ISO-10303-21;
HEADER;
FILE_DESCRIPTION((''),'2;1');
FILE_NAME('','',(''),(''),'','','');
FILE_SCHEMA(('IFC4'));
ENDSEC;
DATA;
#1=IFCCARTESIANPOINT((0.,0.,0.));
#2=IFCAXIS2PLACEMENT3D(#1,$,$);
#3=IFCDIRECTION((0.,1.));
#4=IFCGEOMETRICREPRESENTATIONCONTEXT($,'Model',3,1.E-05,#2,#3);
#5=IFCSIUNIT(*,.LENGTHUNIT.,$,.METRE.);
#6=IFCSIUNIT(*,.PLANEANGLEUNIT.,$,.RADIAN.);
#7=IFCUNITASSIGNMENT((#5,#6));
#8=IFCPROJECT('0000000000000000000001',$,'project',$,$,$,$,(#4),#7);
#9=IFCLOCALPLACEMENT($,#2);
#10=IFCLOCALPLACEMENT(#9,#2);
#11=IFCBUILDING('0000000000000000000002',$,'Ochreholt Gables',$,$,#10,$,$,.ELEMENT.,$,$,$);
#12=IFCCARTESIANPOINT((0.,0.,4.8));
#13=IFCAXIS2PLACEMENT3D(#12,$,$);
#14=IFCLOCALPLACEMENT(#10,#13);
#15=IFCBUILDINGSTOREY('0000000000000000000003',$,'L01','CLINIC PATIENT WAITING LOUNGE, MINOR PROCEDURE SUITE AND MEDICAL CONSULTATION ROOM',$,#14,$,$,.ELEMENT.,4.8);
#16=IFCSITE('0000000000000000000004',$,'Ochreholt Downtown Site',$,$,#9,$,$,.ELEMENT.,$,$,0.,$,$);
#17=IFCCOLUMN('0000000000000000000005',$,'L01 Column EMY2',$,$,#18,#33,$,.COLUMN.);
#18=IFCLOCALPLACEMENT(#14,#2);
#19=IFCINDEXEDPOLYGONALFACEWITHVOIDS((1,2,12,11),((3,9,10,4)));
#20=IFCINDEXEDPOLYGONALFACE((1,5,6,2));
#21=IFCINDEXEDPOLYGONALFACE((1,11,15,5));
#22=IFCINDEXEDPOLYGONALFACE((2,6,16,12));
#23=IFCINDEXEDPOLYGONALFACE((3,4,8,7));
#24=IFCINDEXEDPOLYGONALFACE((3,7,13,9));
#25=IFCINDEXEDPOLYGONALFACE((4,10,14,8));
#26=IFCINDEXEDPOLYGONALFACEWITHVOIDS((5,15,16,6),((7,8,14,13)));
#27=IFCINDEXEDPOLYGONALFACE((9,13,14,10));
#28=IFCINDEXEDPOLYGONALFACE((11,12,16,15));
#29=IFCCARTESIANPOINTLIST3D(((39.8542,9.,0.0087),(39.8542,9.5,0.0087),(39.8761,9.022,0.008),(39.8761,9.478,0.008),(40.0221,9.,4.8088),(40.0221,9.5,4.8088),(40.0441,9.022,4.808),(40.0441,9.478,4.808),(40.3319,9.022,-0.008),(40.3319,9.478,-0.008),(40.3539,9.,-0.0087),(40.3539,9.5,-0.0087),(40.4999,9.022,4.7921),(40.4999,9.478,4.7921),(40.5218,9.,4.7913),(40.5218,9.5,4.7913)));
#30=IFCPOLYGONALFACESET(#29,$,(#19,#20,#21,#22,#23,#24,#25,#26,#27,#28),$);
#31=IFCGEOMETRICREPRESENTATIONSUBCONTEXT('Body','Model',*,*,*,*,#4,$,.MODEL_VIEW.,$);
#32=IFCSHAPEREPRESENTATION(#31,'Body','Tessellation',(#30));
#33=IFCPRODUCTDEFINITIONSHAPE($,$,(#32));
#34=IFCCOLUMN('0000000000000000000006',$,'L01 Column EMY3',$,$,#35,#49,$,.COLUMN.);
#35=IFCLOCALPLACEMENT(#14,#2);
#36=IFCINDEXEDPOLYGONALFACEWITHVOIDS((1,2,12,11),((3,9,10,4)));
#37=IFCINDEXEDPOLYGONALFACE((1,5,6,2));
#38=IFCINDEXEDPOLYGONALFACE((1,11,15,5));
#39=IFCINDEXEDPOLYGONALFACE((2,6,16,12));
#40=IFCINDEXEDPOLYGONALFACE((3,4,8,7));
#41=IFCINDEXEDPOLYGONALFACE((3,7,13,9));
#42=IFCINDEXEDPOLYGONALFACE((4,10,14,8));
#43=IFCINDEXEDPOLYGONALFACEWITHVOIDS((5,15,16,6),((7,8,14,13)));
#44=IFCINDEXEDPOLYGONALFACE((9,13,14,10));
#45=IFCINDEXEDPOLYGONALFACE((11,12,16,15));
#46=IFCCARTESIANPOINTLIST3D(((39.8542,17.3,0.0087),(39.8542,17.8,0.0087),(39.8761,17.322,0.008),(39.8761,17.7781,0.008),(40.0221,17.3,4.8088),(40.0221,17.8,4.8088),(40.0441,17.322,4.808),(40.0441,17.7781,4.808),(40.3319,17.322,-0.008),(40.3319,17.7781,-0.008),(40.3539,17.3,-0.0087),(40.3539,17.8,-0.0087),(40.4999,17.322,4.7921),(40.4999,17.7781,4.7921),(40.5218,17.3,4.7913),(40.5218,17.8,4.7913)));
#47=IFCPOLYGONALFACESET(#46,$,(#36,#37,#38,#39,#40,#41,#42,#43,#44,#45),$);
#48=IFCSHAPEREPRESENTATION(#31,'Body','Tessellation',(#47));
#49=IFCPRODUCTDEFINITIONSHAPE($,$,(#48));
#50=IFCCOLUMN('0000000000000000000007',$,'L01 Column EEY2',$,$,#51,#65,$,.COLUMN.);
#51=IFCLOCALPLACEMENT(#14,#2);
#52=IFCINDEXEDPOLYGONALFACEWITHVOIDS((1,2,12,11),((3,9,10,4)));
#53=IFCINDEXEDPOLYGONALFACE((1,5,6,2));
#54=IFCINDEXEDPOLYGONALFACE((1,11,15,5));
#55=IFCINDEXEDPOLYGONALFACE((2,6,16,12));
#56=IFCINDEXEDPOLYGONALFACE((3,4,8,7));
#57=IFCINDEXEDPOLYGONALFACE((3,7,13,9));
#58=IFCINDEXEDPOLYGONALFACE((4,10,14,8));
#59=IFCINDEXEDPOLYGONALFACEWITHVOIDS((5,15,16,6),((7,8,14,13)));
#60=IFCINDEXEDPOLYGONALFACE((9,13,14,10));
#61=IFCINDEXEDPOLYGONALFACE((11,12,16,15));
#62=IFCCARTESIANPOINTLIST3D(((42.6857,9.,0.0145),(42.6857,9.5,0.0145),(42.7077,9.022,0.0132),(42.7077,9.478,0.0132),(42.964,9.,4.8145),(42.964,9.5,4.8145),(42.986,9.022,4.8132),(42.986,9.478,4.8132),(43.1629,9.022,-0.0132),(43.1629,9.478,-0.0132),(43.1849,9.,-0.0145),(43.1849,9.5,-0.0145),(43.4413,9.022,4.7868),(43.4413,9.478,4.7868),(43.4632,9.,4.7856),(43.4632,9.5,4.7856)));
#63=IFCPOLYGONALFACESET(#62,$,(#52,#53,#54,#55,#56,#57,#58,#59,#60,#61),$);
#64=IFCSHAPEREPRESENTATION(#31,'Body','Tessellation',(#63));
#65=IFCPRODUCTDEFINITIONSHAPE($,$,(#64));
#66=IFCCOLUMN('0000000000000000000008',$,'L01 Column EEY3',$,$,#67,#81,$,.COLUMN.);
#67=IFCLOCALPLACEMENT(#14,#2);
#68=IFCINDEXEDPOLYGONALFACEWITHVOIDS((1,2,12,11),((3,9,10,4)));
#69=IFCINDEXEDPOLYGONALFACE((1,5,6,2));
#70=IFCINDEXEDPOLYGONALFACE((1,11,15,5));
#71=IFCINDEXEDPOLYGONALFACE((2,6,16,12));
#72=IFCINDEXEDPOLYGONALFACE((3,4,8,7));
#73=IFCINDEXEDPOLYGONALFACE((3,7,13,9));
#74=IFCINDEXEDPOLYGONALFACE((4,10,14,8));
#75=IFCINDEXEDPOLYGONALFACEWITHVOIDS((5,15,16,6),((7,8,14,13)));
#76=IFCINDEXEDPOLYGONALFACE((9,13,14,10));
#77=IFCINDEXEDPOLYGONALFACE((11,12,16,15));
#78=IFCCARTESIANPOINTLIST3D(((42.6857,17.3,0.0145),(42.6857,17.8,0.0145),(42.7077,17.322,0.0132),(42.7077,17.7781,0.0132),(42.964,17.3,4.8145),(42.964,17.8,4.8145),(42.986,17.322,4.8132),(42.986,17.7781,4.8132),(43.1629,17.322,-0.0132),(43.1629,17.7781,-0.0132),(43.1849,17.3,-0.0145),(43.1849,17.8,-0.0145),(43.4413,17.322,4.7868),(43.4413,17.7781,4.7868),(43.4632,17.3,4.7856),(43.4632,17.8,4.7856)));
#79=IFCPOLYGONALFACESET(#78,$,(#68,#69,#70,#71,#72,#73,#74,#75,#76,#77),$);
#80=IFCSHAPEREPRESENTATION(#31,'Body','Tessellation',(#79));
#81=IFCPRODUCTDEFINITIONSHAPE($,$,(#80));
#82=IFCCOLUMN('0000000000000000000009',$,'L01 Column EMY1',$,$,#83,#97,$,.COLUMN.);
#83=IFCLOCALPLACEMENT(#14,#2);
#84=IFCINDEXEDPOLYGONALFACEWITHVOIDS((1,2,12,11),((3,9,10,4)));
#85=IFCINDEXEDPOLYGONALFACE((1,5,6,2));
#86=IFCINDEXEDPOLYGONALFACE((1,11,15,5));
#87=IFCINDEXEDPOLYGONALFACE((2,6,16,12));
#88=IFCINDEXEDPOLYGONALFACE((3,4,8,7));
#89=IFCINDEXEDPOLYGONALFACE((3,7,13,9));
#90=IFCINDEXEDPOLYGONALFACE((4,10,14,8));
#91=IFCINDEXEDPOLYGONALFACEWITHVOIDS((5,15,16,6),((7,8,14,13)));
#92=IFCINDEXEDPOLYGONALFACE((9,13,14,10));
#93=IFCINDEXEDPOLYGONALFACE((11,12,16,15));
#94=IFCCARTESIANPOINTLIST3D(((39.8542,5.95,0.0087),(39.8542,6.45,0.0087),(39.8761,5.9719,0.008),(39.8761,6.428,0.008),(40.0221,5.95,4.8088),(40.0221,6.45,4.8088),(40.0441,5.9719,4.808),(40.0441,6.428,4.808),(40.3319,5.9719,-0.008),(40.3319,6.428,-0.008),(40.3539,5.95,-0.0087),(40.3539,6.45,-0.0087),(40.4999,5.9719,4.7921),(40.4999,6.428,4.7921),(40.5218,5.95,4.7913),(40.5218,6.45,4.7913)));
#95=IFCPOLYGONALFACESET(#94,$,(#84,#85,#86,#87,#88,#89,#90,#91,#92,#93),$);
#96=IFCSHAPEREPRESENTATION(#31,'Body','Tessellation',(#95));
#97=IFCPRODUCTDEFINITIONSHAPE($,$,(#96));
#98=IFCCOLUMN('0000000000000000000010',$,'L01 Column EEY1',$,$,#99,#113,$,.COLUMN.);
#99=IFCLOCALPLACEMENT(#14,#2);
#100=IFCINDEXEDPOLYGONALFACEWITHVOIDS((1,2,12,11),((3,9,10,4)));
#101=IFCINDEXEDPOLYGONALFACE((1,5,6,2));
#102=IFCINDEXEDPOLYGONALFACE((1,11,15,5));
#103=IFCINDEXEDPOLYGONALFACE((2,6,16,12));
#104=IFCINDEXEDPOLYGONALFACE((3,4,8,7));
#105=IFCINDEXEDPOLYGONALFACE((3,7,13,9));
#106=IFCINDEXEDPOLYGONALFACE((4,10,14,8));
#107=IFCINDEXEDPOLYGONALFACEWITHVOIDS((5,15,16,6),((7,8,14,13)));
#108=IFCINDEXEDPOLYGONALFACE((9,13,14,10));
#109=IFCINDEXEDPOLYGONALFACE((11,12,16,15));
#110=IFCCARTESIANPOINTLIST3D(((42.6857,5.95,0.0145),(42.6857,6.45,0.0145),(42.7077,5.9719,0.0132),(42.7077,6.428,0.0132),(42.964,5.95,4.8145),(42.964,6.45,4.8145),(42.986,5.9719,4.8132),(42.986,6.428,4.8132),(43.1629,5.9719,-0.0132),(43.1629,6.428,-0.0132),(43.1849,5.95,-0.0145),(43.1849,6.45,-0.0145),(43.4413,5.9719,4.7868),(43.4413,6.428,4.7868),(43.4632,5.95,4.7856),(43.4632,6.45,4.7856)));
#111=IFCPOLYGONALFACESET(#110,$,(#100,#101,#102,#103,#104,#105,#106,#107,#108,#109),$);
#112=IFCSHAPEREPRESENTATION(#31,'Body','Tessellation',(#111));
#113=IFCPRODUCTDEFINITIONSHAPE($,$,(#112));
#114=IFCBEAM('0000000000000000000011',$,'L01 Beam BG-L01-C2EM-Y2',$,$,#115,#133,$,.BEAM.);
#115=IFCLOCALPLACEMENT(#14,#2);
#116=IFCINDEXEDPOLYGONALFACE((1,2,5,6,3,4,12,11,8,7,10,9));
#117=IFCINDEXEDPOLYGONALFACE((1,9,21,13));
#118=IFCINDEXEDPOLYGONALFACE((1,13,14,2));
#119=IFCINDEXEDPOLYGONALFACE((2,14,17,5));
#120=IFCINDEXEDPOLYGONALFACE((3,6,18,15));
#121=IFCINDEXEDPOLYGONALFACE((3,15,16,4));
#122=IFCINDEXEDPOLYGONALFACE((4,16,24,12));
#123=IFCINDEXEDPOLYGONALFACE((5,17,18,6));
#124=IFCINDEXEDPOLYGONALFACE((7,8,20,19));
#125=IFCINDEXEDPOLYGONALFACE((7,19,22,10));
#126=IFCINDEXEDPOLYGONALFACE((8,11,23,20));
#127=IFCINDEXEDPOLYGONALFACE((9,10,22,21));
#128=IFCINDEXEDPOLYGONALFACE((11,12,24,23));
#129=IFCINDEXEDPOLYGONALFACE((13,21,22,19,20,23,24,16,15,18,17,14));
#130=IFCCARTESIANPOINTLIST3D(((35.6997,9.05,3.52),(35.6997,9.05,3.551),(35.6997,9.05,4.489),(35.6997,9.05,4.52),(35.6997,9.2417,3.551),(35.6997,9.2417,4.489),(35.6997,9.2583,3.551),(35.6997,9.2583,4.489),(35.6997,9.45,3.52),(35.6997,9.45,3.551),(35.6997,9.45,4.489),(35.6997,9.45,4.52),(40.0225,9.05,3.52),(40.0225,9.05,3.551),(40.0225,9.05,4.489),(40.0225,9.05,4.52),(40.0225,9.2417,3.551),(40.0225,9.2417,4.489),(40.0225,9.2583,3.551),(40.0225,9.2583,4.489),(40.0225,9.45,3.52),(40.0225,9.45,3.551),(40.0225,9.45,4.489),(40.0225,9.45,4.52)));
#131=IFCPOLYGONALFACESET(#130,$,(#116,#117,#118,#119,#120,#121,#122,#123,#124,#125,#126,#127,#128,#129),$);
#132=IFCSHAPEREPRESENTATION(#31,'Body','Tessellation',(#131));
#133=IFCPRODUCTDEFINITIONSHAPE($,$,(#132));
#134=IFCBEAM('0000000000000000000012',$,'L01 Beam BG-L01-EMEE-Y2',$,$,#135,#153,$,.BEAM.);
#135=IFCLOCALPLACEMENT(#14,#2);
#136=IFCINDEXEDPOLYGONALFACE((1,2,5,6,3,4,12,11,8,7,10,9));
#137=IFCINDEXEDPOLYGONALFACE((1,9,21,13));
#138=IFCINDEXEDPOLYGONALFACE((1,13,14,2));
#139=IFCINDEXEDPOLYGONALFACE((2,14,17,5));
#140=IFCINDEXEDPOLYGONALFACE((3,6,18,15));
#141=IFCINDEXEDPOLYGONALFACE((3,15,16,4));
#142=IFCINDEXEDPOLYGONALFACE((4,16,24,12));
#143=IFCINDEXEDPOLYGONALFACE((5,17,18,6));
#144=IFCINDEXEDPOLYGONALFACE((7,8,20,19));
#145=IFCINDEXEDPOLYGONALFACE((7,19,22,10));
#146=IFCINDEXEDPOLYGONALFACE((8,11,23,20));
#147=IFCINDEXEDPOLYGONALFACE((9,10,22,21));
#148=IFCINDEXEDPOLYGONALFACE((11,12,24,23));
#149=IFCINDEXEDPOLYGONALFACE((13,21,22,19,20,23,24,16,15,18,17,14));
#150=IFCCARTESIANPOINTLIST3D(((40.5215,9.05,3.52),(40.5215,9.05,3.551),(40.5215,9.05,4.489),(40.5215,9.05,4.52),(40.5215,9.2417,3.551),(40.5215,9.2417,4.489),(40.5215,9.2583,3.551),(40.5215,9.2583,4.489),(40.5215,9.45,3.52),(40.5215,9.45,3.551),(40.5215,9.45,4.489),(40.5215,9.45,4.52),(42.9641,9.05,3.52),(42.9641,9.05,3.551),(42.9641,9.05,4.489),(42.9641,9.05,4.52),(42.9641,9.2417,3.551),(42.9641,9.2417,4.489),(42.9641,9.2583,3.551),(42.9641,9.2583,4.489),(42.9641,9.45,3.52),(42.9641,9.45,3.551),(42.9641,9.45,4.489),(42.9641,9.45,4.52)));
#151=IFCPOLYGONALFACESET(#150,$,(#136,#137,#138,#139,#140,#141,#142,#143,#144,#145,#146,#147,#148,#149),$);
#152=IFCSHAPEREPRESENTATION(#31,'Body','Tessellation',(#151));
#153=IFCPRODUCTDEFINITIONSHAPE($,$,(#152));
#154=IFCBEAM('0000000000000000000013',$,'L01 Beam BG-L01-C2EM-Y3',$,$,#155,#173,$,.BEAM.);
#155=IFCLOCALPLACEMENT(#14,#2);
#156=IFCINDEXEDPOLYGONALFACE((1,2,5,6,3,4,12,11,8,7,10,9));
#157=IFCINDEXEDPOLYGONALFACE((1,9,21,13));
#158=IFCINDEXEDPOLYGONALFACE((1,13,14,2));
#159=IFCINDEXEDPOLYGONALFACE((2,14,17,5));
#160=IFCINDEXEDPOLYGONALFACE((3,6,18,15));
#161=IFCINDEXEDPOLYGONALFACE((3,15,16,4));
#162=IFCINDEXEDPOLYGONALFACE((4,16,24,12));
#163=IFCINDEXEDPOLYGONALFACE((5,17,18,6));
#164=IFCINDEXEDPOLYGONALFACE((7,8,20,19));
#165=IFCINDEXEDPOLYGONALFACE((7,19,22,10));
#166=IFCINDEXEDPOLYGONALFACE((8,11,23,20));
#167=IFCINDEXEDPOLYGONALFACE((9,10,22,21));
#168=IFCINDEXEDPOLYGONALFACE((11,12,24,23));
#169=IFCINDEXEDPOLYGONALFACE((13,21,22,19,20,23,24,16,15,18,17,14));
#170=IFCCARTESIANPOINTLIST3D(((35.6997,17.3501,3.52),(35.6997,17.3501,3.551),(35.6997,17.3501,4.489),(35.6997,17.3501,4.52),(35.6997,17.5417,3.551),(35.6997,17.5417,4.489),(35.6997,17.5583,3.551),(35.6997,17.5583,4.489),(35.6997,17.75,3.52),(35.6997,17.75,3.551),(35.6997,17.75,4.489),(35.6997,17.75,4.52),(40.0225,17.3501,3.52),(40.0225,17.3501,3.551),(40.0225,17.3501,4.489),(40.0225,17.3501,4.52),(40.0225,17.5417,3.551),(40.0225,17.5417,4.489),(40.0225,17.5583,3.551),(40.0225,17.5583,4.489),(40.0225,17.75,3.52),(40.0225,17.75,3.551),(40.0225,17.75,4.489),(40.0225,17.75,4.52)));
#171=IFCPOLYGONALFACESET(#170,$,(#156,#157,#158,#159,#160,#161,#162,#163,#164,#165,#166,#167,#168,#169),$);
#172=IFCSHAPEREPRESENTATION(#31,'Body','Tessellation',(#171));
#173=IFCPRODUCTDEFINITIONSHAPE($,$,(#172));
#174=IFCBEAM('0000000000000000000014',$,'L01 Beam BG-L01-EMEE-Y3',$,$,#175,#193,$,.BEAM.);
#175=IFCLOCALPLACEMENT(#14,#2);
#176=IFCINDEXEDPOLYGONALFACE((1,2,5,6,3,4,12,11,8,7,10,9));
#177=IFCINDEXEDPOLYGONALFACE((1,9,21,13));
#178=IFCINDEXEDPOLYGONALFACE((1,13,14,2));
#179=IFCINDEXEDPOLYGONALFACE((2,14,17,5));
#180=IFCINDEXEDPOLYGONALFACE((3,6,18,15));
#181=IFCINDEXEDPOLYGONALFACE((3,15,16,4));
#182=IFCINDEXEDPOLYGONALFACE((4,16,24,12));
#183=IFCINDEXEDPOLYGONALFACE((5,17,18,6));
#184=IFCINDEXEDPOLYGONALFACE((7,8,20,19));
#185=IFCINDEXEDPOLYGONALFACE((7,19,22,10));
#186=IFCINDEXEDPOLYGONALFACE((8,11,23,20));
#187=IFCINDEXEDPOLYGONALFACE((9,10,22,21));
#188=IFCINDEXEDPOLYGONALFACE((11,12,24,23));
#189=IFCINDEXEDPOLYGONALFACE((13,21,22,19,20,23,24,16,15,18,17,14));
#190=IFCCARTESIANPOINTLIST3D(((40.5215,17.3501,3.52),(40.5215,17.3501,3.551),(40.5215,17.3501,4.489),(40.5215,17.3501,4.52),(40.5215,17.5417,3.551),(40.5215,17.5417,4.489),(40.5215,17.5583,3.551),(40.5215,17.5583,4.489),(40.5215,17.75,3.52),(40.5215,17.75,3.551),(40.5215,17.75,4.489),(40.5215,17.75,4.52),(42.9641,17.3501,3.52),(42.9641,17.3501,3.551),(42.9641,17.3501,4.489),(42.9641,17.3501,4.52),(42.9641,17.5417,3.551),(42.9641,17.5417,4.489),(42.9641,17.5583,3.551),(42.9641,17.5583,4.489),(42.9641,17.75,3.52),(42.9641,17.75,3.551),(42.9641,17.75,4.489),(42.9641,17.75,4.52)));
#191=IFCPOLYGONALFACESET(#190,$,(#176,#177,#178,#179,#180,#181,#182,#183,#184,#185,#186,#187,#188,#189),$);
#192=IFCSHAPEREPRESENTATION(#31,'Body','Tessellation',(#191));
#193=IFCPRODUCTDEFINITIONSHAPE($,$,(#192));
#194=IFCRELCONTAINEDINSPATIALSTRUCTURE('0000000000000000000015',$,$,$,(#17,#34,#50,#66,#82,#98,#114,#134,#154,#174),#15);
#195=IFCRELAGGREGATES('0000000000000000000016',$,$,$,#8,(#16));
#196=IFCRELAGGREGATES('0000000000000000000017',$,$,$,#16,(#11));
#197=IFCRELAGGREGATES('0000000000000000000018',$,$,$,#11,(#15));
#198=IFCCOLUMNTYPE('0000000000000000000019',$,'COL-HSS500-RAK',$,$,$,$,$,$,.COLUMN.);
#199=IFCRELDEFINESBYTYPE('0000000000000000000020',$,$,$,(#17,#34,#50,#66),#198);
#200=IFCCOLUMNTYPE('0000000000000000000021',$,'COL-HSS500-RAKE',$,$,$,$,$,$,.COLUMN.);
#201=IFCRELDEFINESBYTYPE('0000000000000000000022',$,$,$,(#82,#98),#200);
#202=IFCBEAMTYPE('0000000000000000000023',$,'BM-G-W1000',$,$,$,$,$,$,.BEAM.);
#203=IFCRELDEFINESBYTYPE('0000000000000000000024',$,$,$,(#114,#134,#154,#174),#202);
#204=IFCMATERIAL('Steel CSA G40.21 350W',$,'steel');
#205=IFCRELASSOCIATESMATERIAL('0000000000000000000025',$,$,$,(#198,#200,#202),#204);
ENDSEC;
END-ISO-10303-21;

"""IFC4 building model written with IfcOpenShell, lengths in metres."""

from ifc_helpers import new_model, si_unit, direction, frame, origin, origin_2d, place, context, subcontext, project, spatial, hollow_rectangle, i_section, extrude, material, material_profile, profile_set, type_object, element, save


model = new_model("IFC4")

# Units and contexts
model_context = context("Model", 3, precision=1e-05, world=origin(), true_north=direction((0.0, 1.0)))
body_context = subcontext(model_context, "Body", "Model", "MODEL_VIEW")
ifc_project = project(units=[si_unit("LENGTHUNIT", "METRE"), si_unit("PLANEANGLEUNIT", "RADIAN")], contexts=[model_context])

# Site, building, storey
site_placement = place(None, origin())
site = spatial("IfcSite", under=ifc_project, at=site_placement, Name="Ochreholt Downtown Site", CompositionType="ELEMENT", RefElevation=0.0)
building_placement = place(site_placement, origin())
building = spatial("IfcBuilding", under=site, at=building_placement, Name="Ochreholt Gables", CompositionType="ELEMENT")
storey_placement = place(building_placement, frame((0.0, 0.0, 4.8)))
storey = spatial("IfcBuildingStorey", under=building, at=storey_placement, Name="L01", Description="CLINIC PATIENT WAITING LOUNGE, MINOR PROCEDURE SUITE AND MEDICAL CONSULTATION ROOM", CompositionType="ELEMENT", Elevation=4.8)

# Columns
ifc_material_1 = material(Name="Steel CSA G40.21 350W", Category="steel")
ifc_material_profile_1 = material_profile(ifc_material_1, hollow_rectangle(XDim=0.5, YDim=0.5, WallThickness=0.022, at=origin_2d()), Name="HSS500X500X22")
ifc_profile_set_1 = profile_set([ifc_material_profile_1], Name="Steel CSA G40.21 350W")
column_type_1 = type_object("IfcColumnType", Name="COL-HSS500-RAK", PredefinedType="COLUMN", material=ifc_profile_set_1)
for number, where, z_axis, x_axis, name in (
    (1, (40.104, 9.25, 0.0), (0.034972, 0.0, 0.999388), (0.0, 1.0, 0.0), "L01 Column EMY2"),
    (2, (40.104, 17.55, 0.0), (0.034972, 0.0, 0.999388), (0.0, 1.0, 0.0), "L01 Column EMY3"),
):
    element("IfcColumn", number, at=place(storey_placement, frame(where, z_axis=z_axis, x_axis=x_axis)), inside=storey, type_object=column_type_1, Name=name, PredefinedType="COLUMN", context=body_context, shape_type="SweptSolid", body=[
        extrude(hollow_rectangle(XDim=0.5, YDim=0.5, WallThickness=0.022, at=origin_2d()), origin(), (0.0, 0.0, 1.0), 4.803),
    ])
for number, where, z_axis, x_axis, name in (
    (3, (42.9353, 9.25, 0.0), (0.057886, 0.0, 0.998323), (0.0, 1.0, 0.0), "L01 Column EEY2"),
    (4, (42.9353, 17.55, 0.0), (0.057886, 0.0, 0.998323), (0.0, 1.0, 0.0), "L01 Column EEY3"),
):
    element("IfcColumn", number, at=place(storey_placement, frame(where, z_axis=z_axis, x_axis=x_axis)), inside=storey, type_object=column_type_1, Name=name, PredefinedType="COLUMN", context=body_context, shape_type="SweptSolid", body=[
        extrude(hollow_rectangle(XDim=0.5, YDim=0.5, WallThickness=0.022, at=origin_2d()), origin(), (0.0, 0.0, 1.0), 4.8081),
    ])
ifc_material_profile_2 = material_profile(ifc_material_1, hollow_rectangle(XDim=0.5, YDim=0.5, WallThickness=0.022, at=origin_2d()), Name="HSS500X500X22")
ifc_profile_set_2 = profile_set([ifc_material_profile_2], Name="Steel CSA G40.21 350W")
column_type_2 = type_object("IfcColumnType", Name="COL-HSS500-RAKE", PredefinedType="COLUMN", material=ifc_profile_set_2)
column_1_placement = place(storey_placement, frame((40.104, 6.2, 0.0), z_axis=(0.034972, 0.0, 0.999388), x_axis=(0.0, 1.0, 0.0)))
element("IfcColumn", 5, at=column_1_placement, inside=storey, type_object=column_type_2, Name="L01 Column EMY1", PredefinedType="COLUMN", context=body_context, shape_type="SweptSolid", body=[
    extrude(hollow_rectangle(XDim=0.5, YDim=0.5, WallThickness=0.022, at=origin_2d()), origin(), (0.0, 0.0, 1.0), 4.803),
])
column_2_placement = place(storey_placement, frame((42.9353, 6.2, 0.0), z_axis=(0.057886, 0.0, 0.998323), x_axis=(0.0, 1.0, 0.0)))
element("IfcColumn", 6, at=column_2_placement, inside=storey, type_object=column_type_2, Name="L01 Column EEY1", PredefinedType="COLUMN", context=body_context, shape_type="SweptSolid", body=[
    extrude(hollow_rectangle(XDim=0.5, YDim=0.5, WallThickness=0.022, at=origin_2d()), origin(), (0.0, 0.0, 1.0), 4.8081),
])

# Beams
ifc_material_profile_3 = material_profile(ifc_material_1, i_section(OverallWidth=0.3999, OverallDepth=1.0, WebThickness=0.0166, FlangeThickness=0.031, at=origin_2d()), Name="W1000X321")
ifc_profile_set_3 = profile_set([ifc_material_profile_3], Name="Steel CSA G40.21 350W")
beam_type_1 = type_object("IfcBeamType", Name="BM-G-W1000", PredefinedType="BEAM", material=ifc_profile_set_3)
beam_1_placement = place(storey_placement, frame((35.6997, 9.25, 4.02), z_axis=(1.0, 0.0, 0.0), x_axis=(0.0, 1.0, 0.0)))
element("IfcBeam", 7, at=beam_1_placement, inside=storey, type_object=beam_type_1, Name="L01 Beam BG-L01-C2EM-Y2", PredefinedType="BEAM", context=body_context, shape_type="SweptSolid", body=[
    extrude(i_section(OverallWidth=0.3999, OverallDepth=1.0, WebThickness=0.0166, FlangeThickness=0.031, at=origin_2d()), origin(), (0.0, 0.0, 1.0), 4.3228),
])
beam_2_placement = place(storey_placement, frame((40.5215, 9.25, 4.02), z_axis=(1.0, 0.0, 0.0), x_axis=(0.0, 1.0, 0.0)))
element("IfcBeam", 8, at=beam_2_placement, inside=storey, type_object=beam_type_1, Name="L01 Beam BG-L01-EMEE-Y2", PredefinedType="BEAM", context=body_context, shape_type="SweptSolid", body=[
    extrude(i_section(OverallWidth=0.3999, OverallDepth=1.0, WebThickness=0.0166, FlangeThickness=0.031, at=origin_2d()), origin(), (0.0, 0.0, 1.0), 2.4426),
])
beam_3_placement = place(storey_placement, frame((35.6997, 17.55, 4.02), z_axis=(1.0, 0.0, 0.0), x_axis=(0.0, 1.0, 0.0)))
element("IfcBeam", 9, at=beam_3_placement, inside=storey, type_object=beam_type_1, Name="L01 Beam BG-L01-C2EM-Y3", PredefinedType="BEAM", context=body_context, shape_type="SweptSolid", body=[
    extrude(i_section(OverallWidth=0.3999, OverallDepth=1.0, WebThickness=0.0166, FlangeThickness=0.031, at=origin_2d()), origin(), (0.0, 0.0, 1.0), 4.3228),
])
beam_4_placement = place(storey_placement, frame((40.5215, 17.55, 4.02), z_axis=(1.0, 0.0, 0.0), x_axis=(0.0, 1.0, 0.0)))
element("IfcBeam", 10, at=beam_4_placement, inside=storey, type_object=beam_type_1, Name="L01 Beam BG-L01-EMEE-Y3", PredefinedType="BEAM", context=body_context, shape_type="SweptSolid", body=[
    extrude(i_section(OverallWidth=0.3999, OverallDepth=1.0, WebThickness=0.0166, FlangeThickness=0.031, at=origin_2d()), origin(), (0.0, 0.0, 1.0), 2.4426),
])

save(model, "model.ifc")
